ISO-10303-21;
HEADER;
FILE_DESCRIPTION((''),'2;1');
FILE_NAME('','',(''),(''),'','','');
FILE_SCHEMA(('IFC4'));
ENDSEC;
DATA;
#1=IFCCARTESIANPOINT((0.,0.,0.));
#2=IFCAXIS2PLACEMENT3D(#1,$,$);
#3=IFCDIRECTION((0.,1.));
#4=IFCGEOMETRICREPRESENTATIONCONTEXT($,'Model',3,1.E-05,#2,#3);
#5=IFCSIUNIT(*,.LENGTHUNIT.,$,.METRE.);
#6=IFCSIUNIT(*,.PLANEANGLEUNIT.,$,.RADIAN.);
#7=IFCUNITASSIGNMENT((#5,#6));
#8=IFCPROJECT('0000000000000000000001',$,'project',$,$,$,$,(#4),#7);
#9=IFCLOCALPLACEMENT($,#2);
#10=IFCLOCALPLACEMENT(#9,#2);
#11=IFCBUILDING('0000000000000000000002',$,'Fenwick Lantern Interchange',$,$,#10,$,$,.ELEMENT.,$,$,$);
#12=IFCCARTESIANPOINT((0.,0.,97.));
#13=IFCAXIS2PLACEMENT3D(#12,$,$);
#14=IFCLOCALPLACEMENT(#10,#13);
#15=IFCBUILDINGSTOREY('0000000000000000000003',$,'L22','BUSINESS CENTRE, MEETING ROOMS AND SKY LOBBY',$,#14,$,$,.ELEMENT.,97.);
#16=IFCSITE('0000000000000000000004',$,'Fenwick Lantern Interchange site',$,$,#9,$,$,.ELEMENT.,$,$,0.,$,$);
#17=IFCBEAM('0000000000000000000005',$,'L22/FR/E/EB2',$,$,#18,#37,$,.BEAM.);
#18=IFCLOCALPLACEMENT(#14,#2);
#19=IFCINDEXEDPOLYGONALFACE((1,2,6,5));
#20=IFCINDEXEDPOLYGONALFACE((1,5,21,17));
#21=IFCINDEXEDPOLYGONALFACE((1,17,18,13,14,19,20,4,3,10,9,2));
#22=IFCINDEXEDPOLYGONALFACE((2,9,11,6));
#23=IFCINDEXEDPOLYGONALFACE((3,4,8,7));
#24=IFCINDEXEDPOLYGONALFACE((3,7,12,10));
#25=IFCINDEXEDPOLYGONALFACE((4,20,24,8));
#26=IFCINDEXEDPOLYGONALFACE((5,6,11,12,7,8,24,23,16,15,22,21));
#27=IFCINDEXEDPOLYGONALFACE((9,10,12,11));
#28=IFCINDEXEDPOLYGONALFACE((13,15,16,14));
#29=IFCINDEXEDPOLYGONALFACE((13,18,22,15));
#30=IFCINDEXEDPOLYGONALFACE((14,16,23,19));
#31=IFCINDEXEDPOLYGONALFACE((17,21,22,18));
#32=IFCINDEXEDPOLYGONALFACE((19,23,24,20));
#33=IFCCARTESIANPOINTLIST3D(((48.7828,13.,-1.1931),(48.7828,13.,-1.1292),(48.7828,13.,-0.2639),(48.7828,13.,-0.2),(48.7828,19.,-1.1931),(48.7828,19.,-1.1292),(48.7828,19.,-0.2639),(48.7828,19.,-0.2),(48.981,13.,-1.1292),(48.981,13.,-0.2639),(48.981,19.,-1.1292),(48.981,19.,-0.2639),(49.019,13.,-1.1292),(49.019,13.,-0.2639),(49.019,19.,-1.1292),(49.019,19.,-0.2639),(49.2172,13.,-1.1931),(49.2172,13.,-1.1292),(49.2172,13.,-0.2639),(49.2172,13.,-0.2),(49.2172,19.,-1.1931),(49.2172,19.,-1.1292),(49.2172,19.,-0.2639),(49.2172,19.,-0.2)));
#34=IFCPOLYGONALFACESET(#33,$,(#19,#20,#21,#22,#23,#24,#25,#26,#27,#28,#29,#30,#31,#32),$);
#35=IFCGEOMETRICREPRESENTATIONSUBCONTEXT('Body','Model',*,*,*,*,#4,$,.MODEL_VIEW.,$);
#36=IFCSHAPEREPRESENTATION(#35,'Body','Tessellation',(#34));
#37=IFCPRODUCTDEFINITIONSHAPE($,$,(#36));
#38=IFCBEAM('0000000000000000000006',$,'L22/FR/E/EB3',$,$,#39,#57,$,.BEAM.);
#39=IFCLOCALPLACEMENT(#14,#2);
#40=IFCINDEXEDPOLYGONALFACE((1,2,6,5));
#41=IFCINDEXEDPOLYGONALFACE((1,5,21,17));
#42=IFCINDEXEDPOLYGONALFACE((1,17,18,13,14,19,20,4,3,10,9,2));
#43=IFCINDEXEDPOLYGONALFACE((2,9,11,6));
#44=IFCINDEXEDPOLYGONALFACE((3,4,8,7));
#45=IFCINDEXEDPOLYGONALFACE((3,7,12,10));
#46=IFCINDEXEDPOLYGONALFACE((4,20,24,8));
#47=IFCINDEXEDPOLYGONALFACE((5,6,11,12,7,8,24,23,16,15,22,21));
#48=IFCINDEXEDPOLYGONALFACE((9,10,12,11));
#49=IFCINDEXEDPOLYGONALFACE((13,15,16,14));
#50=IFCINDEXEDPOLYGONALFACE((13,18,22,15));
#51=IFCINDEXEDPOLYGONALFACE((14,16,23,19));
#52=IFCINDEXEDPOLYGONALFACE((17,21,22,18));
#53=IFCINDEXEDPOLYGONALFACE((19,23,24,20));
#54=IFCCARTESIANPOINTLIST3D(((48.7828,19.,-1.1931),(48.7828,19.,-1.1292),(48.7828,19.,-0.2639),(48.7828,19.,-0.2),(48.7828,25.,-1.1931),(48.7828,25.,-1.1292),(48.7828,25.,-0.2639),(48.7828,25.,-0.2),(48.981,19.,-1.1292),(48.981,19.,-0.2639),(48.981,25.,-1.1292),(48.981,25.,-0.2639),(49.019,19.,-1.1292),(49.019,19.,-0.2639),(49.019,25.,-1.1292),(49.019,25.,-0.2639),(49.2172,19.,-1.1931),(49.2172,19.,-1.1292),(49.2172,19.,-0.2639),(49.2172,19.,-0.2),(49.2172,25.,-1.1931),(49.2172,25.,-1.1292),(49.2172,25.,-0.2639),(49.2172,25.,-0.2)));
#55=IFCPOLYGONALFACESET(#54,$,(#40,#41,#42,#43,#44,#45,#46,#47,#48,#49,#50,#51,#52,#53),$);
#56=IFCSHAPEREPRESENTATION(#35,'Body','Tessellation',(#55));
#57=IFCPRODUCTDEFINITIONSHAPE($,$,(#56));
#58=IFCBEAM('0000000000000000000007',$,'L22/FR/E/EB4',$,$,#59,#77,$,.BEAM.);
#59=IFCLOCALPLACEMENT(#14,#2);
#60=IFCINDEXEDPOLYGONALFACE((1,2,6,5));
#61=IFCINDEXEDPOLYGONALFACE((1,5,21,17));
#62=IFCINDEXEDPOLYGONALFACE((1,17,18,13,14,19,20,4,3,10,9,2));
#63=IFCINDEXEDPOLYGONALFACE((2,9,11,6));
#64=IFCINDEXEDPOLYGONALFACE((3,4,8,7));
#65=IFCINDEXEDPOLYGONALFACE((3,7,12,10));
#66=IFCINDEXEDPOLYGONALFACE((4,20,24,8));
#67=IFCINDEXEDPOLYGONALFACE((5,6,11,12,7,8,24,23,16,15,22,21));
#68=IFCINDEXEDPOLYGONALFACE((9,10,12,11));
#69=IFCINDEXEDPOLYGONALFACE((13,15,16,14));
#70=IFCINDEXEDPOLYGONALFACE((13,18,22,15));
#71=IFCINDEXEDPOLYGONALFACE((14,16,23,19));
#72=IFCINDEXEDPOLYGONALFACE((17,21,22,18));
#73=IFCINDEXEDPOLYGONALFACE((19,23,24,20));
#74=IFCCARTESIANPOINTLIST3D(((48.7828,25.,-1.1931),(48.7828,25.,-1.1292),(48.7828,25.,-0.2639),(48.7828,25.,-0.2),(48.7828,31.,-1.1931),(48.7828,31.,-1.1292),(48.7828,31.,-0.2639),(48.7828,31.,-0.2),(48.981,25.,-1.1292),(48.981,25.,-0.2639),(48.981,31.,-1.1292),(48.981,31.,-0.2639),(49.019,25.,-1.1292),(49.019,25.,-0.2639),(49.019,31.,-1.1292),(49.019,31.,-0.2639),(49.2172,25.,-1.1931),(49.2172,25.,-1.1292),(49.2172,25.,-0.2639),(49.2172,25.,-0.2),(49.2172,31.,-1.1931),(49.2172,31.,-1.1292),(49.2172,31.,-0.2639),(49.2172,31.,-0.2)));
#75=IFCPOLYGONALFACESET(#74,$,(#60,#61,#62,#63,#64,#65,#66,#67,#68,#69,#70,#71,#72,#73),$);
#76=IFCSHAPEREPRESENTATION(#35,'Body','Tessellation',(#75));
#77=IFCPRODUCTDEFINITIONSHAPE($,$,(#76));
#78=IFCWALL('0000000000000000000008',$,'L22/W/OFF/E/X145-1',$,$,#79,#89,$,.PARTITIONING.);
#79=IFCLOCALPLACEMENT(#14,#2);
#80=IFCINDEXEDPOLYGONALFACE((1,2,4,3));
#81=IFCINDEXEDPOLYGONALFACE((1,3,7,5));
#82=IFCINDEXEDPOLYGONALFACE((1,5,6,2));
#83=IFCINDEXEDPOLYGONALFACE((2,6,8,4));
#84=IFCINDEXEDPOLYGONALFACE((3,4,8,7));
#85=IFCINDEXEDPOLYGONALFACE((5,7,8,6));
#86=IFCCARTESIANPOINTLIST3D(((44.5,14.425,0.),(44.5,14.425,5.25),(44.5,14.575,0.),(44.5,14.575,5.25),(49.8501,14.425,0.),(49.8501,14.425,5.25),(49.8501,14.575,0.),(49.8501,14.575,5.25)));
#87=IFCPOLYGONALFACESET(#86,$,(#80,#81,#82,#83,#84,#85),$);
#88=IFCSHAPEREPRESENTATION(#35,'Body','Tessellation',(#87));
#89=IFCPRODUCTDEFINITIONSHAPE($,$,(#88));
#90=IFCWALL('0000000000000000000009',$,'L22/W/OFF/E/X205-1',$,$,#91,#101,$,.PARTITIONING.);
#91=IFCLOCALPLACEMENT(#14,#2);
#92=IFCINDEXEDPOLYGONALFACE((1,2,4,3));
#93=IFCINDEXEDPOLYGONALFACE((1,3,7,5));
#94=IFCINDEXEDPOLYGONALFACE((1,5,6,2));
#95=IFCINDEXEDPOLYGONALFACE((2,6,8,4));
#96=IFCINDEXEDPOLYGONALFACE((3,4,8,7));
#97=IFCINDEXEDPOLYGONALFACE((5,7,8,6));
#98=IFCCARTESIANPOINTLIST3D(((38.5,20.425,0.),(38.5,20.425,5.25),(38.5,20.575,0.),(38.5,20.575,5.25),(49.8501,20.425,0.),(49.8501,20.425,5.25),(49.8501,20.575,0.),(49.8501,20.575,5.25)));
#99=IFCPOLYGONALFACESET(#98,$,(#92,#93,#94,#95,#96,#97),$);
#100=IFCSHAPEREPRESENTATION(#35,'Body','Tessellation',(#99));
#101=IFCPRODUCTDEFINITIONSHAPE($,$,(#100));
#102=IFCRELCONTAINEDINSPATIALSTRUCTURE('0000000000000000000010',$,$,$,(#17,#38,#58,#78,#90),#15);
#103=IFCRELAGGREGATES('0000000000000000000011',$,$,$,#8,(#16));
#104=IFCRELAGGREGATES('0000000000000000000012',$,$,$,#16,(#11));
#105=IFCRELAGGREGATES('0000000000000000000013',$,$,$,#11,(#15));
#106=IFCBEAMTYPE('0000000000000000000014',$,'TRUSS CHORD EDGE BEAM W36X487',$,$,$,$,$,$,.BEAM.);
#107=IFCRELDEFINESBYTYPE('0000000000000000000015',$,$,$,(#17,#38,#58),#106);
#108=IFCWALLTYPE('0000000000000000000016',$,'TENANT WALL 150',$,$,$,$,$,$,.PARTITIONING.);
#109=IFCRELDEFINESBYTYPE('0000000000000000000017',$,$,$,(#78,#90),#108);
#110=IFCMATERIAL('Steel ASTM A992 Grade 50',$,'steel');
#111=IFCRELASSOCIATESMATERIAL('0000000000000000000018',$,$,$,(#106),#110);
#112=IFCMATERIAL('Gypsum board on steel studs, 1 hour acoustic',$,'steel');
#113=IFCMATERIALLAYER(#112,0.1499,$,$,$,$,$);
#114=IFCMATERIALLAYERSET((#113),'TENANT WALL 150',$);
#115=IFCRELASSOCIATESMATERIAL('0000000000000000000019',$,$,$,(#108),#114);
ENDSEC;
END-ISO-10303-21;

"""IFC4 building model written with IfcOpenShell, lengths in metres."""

from ifc_helpers import new_model, si_unit, direction, frame, frame_2d, origin, origin_2d, place, context, subcontext, project, spatial, rectangle, i_section, extrude, material, layer, layer_set, material_profile, profile_set, type_object, element, save


model = new_model("IFC4")

# Units and contexts
model_context = context("Model", 3, precision=1e-05, world=origin(), true_north=direction((0.0, 1.0)))
body_context = subcontext(model_context, "Body", "Model", "MODEL_VIEW")
ifc_project = project(units=[si_unit("LENGTHUNIT", "METRE"), si_unit("PLANEANGLEUNIT", "RADIAN")], contexts=[model_context])

# Site, building, storey
site_placement = place(None, origin())
site = spatial("IfcSite", under=ifc_project, at=site_placement, Name="Fenwick Lantern Interchange site", CompositionType="ELEMENT", RefElevation=0.0)
building_placement = place(site_placement, origin())
building = spatial("IfcBuilding", under=site, at=building_placement, Name="Fenwick Lantern Interchange", CompositionType="ELEMENT")
storey_placement = place(building_placement, frame((0.0, 0.0, 97.0)))
storey = spatial("IfcBuildingStorey", under=building, at=storey_placement, Name="L22", Description="BUSINESS CENTRE, MEETING ROOMS AND SKY LOBBY", CompositionType="ELEMENT", Elevation=97.0)

# Shared definitions
ifc_material_1 = material(Name="Steel ASTM A992 Grade 50", Category="steel")

# Beams
ifc_material_profile_1 = material_profile(ifc_material_1, i_section(OverallWidth=0.4343, OverallDepth=0.9932, WebThickness=0.0381, FlangeThickness=0.064, at=origin_2d()), Name="W36X487")
ifc_profile_set_1 = profile_set([ifc_material_profile_1], Name="Steel ASTM A992 Grade 50")
beam_type_1 = type_object("IfcBeamType", Name="TRUSS CHORD EDGE BEAM W36X487", PredefinedType="BEAM", material=ifc_profile_set_1)
for number, where, z_axis, x_axis, name in (
    (1, (49.0, 13.0, -0.6965), (0.0, 1.0, 0.0), (-1.0, 0.0, 0.0), "L22/FR/E/EB2"),
    (2, (49.0, 19.0, -0.6965), (0.0, 1.0, 0.0), (-1.0, 0.0, 0.0), "L22/FR/E/EB3"),
    (3, (49.0, 25.0, -0.6965), (0.0, 1.0, 0.0), (-1.0, 0.0, 0.0), "L22/FR/E/EB4"),
):
    element("IfcBeam", number, at=place(storey_placement, frame(where, z_axis=z_axis, x_axis=x_axis)), inside=storey, type_object=beam_type_1, Name=name, PredefinedType="BEAM", context=body_context, shape_type="SweptSolid", body=[
        extrude(i_section(OverallWidth=0.4343, OverallDepth=0.9932, WebThickness=0.0381, FlangeThickness=0.064, at=origin_2d()), origin(), (0.0, 0.0, 1.0), 6.0),
    ])

# Walls
ifc_material_2 = material(Name="Gypsum board on steel studs, 1 hour acoustic", Category="steel")
ifc_layer_1 = layer(ifc_material_2, 0.1499)
ifc_layer_set_1 = layer_set([ifc_layer_1], Name="TENANT WALL 150")
wall_type = type_object("IfcWallType", Name="TENANT WALL 150", PredefinedType="PARTITIONING", material=ifc_layer_set_1)
wall_1_placement = place(storey_placement, frame((49.8501, 14.5, 0.0), z_axis=(0.0, 0.0, 1.0), x_axis=(-1.0, 0.0, 0.0)))
element("IfcWall", 4, at=wall_1_placement, inside=storey, type_object=wall_type, Name="L22/W/OFF/E/X145-1", PredefinedType="PARTITIONING", context=body_context, shape_type="SweptSolid", body=[
    extrude(rectangle(XDim=5.3501, YDim=0.1499, at=frame_2d((2.675, 0.0))), origin(), (0.0, 0.0, 1.0), 5.25),
])
wall_2_placement = place(storey_placement, frame((49.8501, 20.5, 0.0), z_axis=(0.0, 0.0, 1.0), x_axis=(-1.0, 0.0, 0.0)))
element("IfcWall", 5, at=wall_2_placement, inside=storey, type_object=wall_type, Name="L22/W/OFF/E/X205-1", PredefinedType="PARTITIONING", context=body_context, shape_type="SweptSolid", body=[
    extrude(rectangle(XDim=11.3501, YDim=0.1499, at=frame_2d((5.675, 0.0))), origin(), (0.0, 0.0, 1.0), 5.25),
])

save(model, "model.ifc")
